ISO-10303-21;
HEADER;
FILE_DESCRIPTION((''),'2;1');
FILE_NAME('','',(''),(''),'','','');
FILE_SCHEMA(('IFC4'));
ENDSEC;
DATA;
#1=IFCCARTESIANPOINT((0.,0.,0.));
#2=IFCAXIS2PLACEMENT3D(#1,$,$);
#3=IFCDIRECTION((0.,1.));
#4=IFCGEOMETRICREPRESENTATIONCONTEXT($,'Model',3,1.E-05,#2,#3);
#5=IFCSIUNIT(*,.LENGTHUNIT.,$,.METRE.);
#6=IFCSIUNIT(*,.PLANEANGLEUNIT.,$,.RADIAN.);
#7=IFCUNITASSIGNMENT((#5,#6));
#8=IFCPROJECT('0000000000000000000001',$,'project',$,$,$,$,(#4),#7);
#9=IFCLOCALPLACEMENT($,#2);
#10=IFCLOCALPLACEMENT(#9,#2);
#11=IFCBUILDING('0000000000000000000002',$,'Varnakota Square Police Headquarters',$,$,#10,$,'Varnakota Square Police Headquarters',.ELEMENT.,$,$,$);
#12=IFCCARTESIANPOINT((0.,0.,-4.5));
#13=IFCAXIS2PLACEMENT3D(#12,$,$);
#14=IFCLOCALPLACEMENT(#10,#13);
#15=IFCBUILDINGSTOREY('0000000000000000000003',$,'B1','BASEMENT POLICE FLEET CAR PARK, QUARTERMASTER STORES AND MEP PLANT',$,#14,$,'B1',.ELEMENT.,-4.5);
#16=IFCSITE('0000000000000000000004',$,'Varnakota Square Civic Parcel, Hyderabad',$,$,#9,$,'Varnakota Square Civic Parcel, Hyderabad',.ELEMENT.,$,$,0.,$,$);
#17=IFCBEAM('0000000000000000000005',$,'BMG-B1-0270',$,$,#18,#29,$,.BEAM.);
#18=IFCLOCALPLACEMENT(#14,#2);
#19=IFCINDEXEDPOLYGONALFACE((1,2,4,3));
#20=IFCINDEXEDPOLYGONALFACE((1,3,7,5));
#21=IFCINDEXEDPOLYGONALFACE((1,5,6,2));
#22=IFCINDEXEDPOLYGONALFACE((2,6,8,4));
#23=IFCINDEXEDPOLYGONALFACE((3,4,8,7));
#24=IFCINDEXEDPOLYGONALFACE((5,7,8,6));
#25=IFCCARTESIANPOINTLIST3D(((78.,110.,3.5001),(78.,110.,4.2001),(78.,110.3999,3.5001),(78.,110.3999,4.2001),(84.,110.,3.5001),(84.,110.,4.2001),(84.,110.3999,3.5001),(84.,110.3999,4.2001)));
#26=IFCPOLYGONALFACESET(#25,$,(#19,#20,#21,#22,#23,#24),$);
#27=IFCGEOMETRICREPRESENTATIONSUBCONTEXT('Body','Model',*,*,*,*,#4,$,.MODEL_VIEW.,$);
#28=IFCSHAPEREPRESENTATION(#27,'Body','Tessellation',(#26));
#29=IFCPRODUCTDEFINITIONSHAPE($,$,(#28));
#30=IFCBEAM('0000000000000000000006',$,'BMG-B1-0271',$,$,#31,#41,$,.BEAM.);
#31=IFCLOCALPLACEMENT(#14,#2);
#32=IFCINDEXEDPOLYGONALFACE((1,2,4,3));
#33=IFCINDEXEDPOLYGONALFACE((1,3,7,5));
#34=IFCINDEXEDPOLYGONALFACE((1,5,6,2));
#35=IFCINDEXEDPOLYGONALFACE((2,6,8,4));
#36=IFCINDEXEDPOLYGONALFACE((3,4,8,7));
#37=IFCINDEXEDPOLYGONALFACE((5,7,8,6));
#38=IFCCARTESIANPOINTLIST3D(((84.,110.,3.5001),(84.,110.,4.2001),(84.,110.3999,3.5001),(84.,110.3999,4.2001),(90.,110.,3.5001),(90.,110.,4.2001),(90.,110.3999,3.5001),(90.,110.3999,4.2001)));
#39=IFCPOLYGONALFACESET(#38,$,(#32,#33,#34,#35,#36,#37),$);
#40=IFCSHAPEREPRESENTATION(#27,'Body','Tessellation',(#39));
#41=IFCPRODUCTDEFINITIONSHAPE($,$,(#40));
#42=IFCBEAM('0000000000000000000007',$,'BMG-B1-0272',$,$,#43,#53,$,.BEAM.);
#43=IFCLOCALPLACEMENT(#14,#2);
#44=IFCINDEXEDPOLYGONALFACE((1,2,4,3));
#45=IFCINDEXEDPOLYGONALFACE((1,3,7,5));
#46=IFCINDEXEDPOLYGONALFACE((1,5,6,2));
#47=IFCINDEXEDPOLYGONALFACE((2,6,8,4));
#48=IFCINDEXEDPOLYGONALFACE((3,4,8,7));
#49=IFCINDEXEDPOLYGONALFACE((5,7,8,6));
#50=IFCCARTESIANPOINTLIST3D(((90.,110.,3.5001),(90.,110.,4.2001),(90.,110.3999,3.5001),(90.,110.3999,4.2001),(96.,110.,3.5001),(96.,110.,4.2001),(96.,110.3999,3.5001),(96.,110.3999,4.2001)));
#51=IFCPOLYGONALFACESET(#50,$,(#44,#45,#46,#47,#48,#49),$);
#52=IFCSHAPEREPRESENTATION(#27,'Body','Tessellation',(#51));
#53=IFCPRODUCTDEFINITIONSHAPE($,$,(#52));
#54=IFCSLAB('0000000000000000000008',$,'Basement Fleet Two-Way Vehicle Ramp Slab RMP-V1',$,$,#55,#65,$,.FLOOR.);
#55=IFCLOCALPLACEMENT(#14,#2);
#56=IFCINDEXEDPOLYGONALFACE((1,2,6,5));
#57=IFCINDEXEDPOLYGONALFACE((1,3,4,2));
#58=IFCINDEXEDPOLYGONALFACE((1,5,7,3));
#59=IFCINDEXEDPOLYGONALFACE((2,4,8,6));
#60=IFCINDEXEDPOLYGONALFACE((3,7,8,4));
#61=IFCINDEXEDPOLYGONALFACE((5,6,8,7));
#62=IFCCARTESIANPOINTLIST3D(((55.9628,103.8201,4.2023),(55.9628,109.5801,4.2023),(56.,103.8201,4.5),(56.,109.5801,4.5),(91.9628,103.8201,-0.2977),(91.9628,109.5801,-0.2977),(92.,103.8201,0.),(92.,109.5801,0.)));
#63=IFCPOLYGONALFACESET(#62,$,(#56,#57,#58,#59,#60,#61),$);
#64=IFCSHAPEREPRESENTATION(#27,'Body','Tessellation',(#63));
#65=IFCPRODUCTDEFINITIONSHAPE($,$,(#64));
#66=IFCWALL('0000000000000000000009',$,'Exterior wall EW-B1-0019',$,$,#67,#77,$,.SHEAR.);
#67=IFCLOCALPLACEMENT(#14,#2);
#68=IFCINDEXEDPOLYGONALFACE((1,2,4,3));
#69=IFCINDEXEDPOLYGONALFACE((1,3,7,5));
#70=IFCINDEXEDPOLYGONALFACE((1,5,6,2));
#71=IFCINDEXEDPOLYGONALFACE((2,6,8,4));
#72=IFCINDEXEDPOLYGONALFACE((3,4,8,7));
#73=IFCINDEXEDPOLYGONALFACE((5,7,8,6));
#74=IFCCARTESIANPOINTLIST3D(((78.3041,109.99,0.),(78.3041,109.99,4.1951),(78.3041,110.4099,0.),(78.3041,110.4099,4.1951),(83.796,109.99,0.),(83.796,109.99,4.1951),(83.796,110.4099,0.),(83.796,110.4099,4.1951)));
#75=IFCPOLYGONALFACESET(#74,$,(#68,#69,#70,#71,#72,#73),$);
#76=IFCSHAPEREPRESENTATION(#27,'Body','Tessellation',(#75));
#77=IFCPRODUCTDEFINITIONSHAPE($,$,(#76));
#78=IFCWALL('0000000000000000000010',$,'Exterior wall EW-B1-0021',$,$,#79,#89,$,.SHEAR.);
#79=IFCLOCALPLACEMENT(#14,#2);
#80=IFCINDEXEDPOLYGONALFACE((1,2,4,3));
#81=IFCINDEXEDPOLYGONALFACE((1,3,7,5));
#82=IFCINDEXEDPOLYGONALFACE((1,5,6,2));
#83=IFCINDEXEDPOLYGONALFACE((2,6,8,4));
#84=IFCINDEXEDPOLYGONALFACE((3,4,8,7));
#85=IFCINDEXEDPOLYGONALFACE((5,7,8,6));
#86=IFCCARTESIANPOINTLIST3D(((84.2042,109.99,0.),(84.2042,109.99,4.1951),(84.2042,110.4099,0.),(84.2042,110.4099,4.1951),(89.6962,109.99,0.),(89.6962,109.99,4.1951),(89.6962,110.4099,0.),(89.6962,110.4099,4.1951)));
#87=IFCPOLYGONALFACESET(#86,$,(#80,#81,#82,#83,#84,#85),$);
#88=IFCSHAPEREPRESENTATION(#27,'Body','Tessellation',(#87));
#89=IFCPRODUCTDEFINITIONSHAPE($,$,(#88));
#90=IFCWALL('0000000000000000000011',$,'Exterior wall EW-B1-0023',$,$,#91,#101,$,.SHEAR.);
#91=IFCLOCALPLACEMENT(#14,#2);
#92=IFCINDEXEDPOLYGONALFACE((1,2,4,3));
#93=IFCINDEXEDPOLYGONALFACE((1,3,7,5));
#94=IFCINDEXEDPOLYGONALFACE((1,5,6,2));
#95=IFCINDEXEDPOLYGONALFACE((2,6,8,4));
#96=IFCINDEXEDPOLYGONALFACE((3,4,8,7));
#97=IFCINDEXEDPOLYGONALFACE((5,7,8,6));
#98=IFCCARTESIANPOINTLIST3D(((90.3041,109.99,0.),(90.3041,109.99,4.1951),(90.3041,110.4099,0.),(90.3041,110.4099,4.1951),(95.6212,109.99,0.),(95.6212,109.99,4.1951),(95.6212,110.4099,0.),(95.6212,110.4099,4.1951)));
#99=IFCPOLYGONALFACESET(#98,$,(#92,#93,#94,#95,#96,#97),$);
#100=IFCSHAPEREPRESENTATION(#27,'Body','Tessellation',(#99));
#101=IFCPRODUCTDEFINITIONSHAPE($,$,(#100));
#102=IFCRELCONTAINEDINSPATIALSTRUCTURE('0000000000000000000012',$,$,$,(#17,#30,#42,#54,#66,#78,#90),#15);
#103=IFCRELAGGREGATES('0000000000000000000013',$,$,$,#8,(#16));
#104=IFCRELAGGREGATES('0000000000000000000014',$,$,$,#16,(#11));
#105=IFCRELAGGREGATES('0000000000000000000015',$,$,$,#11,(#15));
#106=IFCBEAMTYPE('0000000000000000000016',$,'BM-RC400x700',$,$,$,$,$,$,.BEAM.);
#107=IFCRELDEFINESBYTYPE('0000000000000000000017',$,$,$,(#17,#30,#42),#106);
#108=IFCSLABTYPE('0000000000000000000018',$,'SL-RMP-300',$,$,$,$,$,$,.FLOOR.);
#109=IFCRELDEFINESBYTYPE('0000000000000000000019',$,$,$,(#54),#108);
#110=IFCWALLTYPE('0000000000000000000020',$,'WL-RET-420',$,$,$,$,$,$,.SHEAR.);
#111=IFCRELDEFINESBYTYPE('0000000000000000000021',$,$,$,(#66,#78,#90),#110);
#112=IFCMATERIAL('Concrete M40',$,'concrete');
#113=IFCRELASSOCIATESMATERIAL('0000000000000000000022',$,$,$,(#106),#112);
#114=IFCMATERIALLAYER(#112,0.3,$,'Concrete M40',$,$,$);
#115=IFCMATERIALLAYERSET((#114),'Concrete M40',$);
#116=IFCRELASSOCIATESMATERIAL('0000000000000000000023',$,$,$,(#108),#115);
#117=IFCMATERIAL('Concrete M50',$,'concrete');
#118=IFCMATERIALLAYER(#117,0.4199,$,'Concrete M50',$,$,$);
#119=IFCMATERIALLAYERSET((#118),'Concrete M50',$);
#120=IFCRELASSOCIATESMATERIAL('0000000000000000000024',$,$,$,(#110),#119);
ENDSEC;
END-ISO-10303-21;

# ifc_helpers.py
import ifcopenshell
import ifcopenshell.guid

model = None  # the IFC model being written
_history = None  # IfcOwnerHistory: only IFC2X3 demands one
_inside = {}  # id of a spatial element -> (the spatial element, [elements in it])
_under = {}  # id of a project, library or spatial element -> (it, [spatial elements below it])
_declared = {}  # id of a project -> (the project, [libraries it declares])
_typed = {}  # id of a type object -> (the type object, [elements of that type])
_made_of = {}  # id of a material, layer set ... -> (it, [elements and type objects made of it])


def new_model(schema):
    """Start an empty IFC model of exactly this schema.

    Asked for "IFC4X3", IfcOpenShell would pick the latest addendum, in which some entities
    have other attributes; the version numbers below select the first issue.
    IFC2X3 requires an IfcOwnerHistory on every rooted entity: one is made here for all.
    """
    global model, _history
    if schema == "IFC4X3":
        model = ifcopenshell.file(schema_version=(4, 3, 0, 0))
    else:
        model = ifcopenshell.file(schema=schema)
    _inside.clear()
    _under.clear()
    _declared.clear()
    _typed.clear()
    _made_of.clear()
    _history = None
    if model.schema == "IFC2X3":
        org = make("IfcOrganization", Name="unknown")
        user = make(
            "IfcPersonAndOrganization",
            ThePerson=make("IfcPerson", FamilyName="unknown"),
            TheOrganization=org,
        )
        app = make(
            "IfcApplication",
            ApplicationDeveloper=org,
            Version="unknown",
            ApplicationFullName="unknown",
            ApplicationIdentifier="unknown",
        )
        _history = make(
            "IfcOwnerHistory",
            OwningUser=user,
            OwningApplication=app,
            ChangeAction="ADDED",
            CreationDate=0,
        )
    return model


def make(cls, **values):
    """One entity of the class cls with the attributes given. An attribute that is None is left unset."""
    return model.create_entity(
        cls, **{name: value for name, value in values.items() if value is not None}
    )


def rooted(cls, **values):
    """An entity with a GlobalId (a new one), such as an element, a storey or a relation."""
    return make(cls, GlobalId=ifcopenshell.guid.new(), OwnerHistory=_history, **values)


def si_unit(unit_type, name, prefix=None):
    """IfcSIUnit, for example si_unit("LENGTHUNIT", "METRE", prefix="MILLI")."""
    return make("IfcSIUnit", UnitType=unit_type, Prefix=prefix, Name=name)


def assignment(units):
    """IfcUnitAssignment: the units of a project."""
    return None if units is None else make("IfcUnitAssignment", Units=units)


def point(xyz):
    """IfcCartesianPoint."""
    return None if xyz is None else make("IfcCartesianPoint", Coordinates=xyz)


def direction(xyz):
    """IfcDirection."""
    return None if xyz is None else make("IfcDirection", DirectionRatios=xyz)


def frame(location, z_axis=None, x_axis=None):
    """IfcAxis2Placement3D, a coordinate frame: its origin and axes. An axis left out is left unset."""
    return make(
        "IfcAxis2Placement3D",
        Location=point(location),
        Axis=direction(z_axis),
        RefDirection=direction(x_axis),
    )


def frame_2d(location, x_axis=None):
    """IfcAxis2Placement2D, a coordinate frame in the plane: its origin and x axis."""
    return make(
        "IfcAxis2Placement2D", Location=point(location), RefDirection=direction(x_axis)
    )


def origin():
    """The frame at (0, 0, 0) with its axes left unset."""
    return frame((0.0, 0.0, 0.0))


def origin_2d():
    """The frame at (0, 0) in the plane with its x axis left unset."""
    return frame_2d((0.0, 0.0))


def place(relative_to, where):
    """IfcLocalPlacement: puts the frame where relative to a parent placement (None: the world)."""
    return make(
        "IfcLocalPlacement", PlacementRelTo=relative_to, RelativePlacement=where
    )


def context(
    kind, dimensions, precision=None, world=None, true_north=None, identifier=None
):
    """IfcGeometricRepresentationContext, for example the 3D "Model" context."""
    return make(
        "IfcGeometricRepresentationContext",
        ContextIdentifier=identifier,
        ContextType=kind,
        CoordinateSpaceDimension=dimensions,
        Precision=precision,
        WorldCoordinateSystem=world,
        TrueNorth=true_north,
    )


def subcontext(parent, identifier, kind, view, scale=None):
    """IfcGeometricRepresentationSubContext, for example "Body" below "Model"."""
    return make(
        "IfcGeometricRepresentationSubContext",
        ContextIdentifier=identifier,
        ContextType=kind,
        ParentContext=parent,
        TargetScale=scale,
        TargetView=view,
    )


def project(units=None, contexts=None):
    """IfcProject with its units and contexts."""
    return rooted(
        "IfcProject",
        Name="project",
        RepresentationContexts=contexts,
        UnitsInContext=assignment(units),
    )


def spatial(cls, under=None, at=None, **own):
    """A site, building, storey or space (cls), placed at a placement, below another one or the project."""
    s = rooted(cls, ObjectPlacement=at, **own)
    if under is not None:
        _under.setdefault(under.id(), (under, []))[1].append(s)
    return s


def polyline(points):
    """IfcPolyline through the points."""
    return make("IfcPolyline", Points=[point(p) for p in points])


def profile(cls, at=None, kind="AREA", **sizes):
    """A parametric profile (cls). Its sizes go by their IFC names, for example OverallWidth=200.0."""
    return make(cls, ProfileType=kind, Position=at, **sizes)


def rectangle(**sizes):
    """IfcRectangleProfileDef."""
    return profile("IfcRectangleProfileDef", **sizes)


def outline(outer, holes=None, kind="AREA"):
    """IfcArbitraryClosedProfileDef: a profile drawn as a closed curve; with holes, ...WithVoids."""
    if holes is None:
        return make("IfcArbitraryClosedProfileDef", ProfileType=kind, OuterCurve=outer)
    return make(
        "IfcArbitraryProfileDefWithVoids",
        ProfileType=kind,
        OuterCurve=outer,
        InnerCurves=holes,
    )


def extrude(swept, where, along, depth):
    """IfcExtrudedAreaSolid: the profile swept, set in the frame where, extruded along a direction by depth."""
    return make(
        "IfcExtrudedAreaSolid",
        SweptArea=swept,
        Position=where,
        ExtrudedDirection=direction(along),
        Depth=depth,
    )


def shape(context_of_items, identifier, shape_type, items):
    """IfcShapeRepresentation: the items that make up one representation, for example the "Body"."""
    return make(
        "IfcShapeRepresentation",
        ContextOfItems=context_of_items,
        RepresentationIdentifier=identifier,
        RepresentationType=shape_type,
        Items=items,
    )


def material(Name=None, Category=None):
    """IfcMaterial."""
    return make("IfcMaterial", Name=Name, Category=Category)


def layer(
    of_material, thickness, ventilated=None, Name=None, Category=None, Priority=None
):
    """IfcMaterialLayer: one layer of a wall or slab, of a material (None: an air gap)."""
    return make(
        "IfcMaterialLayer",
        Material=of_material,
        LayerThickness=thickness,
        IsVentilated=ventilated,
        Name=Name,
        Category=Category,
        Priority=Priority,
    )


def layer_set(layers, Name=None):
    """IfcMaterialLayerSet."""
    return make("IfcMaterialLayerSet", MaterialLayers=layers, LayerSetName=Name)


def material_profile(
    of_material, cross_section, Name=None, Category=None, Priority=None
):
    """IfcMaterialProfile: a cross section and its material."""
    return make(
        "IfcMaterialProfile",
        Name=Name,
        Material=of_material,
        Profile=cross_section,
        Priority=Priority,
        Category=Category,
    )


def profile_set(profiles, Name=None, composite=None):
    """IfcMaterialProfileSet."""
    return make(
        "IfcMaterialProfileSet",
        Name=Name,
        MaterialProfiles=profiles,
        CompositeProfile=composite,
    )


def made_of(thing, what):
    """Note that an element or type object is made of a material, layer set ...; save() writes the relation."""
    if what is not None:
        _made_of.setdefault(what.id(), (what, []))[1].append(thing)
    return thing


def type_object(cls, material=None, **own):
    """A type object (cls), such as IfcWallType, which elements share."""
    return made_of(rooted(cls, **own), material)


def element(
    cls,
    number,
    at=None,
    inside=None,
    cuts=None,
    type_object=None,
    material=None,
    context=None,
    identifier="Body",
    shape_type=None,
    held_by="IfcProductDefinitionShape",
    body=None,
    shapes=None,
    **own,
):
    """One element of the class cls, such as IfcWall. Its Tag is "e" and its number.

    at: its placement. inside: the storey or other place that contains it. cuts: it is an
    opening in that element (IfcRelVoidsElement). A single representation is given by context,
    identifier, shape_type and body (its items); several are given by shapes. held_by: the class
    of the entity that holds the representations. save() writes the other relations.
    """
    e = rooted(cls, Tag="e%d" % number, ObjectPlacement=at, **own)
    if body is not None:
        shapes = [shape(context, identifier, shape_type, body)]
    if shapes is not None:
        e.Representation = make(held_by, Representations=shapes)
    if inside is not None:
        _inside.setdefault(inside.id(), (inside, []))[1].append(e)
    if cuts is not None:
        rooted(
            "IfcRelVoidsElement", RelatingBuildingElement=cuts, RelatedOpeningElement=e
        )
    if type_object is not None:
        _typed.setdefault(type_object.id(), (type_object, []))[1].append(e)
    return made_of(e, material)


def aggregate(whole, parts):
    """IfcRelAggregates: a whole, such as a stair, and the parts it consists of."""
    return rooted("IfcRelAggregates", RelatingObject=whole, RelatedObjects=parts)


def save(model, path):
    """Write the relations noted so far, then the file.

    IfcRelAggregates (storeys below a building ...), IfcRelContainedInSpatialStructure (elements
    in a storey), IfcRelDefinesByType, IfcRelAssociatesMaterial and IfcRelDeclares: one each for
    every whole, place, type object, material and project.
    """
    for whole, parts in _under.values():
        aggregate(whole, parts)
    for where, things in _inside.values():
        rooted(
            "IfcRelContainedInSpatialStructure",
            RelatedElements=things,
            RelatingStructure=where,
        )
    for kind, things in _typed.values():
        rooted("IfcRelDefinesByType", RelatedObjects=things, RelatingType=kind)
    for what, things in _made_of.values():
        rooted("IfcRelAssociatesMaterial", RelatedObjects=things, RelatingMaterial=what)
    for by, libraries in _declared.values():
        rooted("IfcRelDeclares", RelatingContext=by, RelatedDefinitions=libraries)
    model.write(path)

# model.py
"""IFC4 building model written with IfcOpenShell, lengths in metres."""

from ifc_helpers import new_model, si_unit, direction, frame, frame_2d, origin, origin_2d, place, context, subcontext, project, spatial, polyline, rectangle, outline, extrude, material, layer, layer_set, material_profile, profile_set, type_object, element, save


model = new_model("IFC4")

# Units and contexts
model_context = context("Model", 3, precision=1e-05, world=origin(), true_north=direction((0.0, 1.0)))
body_context = subcontext(model_context, "Body", "Model", "MODEL_VIEW")
ifc_project = project(units=[si_unit("LENGTHUNIT", "METRE"), si_unit("PLANEANGLEUNIT", "RADIAN")], contexts=[model_context])

# Site, building, storey
site_placement = place(None, origin())
site = spatial("IfcSite", under=ifc_project, at=site_placement, Name="Varnakota Square Civic Parcel, Hyderabad", LongName="Varnakota Square Civic Parcel, Hyderabad", CompositionType="ELEMENT", RefElevation=0.0)
building_placement = place(site_placement, origin())
building = spatial("IfcBuilding", under=site, at=building_placement, Name="Varnakota Square Police Headquarters", LongName="Varnakota Square Police Headquarters", CompositionType="ELEMENT")
storey_placement = place(building_placement, frame((0.0, 0.0, -4.5)))
storey = spatial("IfcBuildingStorey", under=building, at=storey_placement, Name="B1", Description="BASEMENT POLICE FLEET CAR PARK, QUARTERMASTER STORES AND MEP PLANT", LongName="B1", CompositionType="ELEMENT", Elevation=-4.5)

# Shared definitions
ifc_material_1 = material(Name="Concrete M40", Category="concrete")

# Shared definitions
ifc_material_2 = material(Name="Concrete M50", Category="concrete")

# Beams
ifc_material_profile_1 = material_profile(ifc_material_1, rectangle(XDim=0.3999, YDim=0.7, at=origin_2d()), Name="RC 400x700")
ifc_profile_set_1 = profile_set([ifc_material_profile_1], Name="Concrete M40")
beam_type = type_object("IfcBeamType", Name="BM-RC400x700", PredefinedType="BEAM", material=ifc_profile_set_1)
for number, where, z_axis, x_axis, name in (
    (1, (78.0, 110.2, 3.8501), (1.0, 0.0, 0.0), (0.0, 1.0, 0.0), "BMG-B1-0270"),
    (2, (84.0, 110.2, 3.8501), (1.0, 0.0, 0.0), (0.0, 1.0, 0.0), "BMG-B1-0271"),
    (3, (90.0, 110.2, 3.8501), (1.0, 0.0, 0.0), (0.0, 1.0, 0.0), "BMG-B1-0272"),
):
    element("IfcBeam", number, at=place(storey_placement, frame(where, z_axis=z_axis, x_axis=x_axis)), inside=storey, type_object=beam_type, Name=name, PredefinedType="BEAM", context=body_context, shape_type="SweptSolid", body=[
        extrude(rectangle(XDim=0.3999, YDim=0.7, at=origin_2d()), origin(), (0.0, 0.0, 1.0), 6.0),
    ])

# Slab
ifc_layer_1 = layer(ifc_material_1, 0.3, Name="Concrete M40")
ifc_layer_set_1 = layer_set([ifc_layer_1], Name="Concrete M40")
slab_type = type_object("IfcSlabType", Name="SL-RMP-300", PredefinedType="FLOOR", material=ifc_layer_set_1)
slab_placement = place(storey_placement, frame((92.0, 103.8201, 0.0), z_axis=(0.124035, 0.0, 0.992278), x_axis=(-0.992278, 0.0, 0.124035)))
element("IfcSlab", 4, at=slab_placement, inside=storey, type_object=slab_type, Name="Basement Fleet Two-Way Vehicle Ramp Slab RMP-V1", PredefinedType="FLOOR", context=body_context, shape_type="SweptSolid", body=[
    extrude(outline(polyline([(0.0, 0.0), (36.2802, 0.0), (36.2802, -5.76), (0.0, -5.76), (0.0, 0.0)])), origin(), (0.0, 0.0, -1.0), 0.3),
])

# Walls
ifc_layer_2 = layer(ifc_material_2, 0.4199, Name="Concrete M50")
ifc_layer_set_2 = layer_set([ifc_layer_2], Name="Concrete M50")
wall_type = type_object("IfcWallType", Name="WL-RET-420", PredefinedType="SHEAR", material=ifc_layer_set_2)
for number, where, z_axis, x_axis, name in (
    (5, (78.304, 110.2, 0.0), (0.0, 0.0, 1.0), (1.0, 0.0, 0.0), "Exterior wall EW-B1-0019"),
    (6, (84.2041, 110.2, 0.0), (0.0, 0.0, 1.0), (1.0, 0.0, 0.0), "Exterior wall EW-B1-0021"),
):
    element("IfcWall", number, at=place(storey_placement, frame(where, z_axis=z_axis, x_axis=x_axis)), inside=storey, type_object=wall_type, Name=name, PredefinedType="SHEAR", context=body_context, shape_type="SweptSolid", body=[
        extrude(rectangle(XDim=5.4919, YDim=0.4199, at=frame_2d((2.7461, 0.0))), origin(), (0.0, 0.0, 1.0), 4.1951),
    ])
wall_placement = place(storey_placement, frame((90.304, 110.2, 0.0), z_axis=(0.0, 0.0, 1.0), x_axis=(1.0, 0.0, 0.0)))
element("IfcWall", 7, at=wall_placement, inside=storey, type_object=wall_type, Name="Exterior wall EW-B1-0023", PredefinedType="SHEAR", context=body_context, shape_type="SweptSolid", body=[
    extrude(rectangle(XDim=5.3171, YDim=0.4199, at=frame_2d((2.6587, 0.0))), origin(), (0.0, 0.0, 1.0), 4.1951),
])

save(model, "model.ifc")
